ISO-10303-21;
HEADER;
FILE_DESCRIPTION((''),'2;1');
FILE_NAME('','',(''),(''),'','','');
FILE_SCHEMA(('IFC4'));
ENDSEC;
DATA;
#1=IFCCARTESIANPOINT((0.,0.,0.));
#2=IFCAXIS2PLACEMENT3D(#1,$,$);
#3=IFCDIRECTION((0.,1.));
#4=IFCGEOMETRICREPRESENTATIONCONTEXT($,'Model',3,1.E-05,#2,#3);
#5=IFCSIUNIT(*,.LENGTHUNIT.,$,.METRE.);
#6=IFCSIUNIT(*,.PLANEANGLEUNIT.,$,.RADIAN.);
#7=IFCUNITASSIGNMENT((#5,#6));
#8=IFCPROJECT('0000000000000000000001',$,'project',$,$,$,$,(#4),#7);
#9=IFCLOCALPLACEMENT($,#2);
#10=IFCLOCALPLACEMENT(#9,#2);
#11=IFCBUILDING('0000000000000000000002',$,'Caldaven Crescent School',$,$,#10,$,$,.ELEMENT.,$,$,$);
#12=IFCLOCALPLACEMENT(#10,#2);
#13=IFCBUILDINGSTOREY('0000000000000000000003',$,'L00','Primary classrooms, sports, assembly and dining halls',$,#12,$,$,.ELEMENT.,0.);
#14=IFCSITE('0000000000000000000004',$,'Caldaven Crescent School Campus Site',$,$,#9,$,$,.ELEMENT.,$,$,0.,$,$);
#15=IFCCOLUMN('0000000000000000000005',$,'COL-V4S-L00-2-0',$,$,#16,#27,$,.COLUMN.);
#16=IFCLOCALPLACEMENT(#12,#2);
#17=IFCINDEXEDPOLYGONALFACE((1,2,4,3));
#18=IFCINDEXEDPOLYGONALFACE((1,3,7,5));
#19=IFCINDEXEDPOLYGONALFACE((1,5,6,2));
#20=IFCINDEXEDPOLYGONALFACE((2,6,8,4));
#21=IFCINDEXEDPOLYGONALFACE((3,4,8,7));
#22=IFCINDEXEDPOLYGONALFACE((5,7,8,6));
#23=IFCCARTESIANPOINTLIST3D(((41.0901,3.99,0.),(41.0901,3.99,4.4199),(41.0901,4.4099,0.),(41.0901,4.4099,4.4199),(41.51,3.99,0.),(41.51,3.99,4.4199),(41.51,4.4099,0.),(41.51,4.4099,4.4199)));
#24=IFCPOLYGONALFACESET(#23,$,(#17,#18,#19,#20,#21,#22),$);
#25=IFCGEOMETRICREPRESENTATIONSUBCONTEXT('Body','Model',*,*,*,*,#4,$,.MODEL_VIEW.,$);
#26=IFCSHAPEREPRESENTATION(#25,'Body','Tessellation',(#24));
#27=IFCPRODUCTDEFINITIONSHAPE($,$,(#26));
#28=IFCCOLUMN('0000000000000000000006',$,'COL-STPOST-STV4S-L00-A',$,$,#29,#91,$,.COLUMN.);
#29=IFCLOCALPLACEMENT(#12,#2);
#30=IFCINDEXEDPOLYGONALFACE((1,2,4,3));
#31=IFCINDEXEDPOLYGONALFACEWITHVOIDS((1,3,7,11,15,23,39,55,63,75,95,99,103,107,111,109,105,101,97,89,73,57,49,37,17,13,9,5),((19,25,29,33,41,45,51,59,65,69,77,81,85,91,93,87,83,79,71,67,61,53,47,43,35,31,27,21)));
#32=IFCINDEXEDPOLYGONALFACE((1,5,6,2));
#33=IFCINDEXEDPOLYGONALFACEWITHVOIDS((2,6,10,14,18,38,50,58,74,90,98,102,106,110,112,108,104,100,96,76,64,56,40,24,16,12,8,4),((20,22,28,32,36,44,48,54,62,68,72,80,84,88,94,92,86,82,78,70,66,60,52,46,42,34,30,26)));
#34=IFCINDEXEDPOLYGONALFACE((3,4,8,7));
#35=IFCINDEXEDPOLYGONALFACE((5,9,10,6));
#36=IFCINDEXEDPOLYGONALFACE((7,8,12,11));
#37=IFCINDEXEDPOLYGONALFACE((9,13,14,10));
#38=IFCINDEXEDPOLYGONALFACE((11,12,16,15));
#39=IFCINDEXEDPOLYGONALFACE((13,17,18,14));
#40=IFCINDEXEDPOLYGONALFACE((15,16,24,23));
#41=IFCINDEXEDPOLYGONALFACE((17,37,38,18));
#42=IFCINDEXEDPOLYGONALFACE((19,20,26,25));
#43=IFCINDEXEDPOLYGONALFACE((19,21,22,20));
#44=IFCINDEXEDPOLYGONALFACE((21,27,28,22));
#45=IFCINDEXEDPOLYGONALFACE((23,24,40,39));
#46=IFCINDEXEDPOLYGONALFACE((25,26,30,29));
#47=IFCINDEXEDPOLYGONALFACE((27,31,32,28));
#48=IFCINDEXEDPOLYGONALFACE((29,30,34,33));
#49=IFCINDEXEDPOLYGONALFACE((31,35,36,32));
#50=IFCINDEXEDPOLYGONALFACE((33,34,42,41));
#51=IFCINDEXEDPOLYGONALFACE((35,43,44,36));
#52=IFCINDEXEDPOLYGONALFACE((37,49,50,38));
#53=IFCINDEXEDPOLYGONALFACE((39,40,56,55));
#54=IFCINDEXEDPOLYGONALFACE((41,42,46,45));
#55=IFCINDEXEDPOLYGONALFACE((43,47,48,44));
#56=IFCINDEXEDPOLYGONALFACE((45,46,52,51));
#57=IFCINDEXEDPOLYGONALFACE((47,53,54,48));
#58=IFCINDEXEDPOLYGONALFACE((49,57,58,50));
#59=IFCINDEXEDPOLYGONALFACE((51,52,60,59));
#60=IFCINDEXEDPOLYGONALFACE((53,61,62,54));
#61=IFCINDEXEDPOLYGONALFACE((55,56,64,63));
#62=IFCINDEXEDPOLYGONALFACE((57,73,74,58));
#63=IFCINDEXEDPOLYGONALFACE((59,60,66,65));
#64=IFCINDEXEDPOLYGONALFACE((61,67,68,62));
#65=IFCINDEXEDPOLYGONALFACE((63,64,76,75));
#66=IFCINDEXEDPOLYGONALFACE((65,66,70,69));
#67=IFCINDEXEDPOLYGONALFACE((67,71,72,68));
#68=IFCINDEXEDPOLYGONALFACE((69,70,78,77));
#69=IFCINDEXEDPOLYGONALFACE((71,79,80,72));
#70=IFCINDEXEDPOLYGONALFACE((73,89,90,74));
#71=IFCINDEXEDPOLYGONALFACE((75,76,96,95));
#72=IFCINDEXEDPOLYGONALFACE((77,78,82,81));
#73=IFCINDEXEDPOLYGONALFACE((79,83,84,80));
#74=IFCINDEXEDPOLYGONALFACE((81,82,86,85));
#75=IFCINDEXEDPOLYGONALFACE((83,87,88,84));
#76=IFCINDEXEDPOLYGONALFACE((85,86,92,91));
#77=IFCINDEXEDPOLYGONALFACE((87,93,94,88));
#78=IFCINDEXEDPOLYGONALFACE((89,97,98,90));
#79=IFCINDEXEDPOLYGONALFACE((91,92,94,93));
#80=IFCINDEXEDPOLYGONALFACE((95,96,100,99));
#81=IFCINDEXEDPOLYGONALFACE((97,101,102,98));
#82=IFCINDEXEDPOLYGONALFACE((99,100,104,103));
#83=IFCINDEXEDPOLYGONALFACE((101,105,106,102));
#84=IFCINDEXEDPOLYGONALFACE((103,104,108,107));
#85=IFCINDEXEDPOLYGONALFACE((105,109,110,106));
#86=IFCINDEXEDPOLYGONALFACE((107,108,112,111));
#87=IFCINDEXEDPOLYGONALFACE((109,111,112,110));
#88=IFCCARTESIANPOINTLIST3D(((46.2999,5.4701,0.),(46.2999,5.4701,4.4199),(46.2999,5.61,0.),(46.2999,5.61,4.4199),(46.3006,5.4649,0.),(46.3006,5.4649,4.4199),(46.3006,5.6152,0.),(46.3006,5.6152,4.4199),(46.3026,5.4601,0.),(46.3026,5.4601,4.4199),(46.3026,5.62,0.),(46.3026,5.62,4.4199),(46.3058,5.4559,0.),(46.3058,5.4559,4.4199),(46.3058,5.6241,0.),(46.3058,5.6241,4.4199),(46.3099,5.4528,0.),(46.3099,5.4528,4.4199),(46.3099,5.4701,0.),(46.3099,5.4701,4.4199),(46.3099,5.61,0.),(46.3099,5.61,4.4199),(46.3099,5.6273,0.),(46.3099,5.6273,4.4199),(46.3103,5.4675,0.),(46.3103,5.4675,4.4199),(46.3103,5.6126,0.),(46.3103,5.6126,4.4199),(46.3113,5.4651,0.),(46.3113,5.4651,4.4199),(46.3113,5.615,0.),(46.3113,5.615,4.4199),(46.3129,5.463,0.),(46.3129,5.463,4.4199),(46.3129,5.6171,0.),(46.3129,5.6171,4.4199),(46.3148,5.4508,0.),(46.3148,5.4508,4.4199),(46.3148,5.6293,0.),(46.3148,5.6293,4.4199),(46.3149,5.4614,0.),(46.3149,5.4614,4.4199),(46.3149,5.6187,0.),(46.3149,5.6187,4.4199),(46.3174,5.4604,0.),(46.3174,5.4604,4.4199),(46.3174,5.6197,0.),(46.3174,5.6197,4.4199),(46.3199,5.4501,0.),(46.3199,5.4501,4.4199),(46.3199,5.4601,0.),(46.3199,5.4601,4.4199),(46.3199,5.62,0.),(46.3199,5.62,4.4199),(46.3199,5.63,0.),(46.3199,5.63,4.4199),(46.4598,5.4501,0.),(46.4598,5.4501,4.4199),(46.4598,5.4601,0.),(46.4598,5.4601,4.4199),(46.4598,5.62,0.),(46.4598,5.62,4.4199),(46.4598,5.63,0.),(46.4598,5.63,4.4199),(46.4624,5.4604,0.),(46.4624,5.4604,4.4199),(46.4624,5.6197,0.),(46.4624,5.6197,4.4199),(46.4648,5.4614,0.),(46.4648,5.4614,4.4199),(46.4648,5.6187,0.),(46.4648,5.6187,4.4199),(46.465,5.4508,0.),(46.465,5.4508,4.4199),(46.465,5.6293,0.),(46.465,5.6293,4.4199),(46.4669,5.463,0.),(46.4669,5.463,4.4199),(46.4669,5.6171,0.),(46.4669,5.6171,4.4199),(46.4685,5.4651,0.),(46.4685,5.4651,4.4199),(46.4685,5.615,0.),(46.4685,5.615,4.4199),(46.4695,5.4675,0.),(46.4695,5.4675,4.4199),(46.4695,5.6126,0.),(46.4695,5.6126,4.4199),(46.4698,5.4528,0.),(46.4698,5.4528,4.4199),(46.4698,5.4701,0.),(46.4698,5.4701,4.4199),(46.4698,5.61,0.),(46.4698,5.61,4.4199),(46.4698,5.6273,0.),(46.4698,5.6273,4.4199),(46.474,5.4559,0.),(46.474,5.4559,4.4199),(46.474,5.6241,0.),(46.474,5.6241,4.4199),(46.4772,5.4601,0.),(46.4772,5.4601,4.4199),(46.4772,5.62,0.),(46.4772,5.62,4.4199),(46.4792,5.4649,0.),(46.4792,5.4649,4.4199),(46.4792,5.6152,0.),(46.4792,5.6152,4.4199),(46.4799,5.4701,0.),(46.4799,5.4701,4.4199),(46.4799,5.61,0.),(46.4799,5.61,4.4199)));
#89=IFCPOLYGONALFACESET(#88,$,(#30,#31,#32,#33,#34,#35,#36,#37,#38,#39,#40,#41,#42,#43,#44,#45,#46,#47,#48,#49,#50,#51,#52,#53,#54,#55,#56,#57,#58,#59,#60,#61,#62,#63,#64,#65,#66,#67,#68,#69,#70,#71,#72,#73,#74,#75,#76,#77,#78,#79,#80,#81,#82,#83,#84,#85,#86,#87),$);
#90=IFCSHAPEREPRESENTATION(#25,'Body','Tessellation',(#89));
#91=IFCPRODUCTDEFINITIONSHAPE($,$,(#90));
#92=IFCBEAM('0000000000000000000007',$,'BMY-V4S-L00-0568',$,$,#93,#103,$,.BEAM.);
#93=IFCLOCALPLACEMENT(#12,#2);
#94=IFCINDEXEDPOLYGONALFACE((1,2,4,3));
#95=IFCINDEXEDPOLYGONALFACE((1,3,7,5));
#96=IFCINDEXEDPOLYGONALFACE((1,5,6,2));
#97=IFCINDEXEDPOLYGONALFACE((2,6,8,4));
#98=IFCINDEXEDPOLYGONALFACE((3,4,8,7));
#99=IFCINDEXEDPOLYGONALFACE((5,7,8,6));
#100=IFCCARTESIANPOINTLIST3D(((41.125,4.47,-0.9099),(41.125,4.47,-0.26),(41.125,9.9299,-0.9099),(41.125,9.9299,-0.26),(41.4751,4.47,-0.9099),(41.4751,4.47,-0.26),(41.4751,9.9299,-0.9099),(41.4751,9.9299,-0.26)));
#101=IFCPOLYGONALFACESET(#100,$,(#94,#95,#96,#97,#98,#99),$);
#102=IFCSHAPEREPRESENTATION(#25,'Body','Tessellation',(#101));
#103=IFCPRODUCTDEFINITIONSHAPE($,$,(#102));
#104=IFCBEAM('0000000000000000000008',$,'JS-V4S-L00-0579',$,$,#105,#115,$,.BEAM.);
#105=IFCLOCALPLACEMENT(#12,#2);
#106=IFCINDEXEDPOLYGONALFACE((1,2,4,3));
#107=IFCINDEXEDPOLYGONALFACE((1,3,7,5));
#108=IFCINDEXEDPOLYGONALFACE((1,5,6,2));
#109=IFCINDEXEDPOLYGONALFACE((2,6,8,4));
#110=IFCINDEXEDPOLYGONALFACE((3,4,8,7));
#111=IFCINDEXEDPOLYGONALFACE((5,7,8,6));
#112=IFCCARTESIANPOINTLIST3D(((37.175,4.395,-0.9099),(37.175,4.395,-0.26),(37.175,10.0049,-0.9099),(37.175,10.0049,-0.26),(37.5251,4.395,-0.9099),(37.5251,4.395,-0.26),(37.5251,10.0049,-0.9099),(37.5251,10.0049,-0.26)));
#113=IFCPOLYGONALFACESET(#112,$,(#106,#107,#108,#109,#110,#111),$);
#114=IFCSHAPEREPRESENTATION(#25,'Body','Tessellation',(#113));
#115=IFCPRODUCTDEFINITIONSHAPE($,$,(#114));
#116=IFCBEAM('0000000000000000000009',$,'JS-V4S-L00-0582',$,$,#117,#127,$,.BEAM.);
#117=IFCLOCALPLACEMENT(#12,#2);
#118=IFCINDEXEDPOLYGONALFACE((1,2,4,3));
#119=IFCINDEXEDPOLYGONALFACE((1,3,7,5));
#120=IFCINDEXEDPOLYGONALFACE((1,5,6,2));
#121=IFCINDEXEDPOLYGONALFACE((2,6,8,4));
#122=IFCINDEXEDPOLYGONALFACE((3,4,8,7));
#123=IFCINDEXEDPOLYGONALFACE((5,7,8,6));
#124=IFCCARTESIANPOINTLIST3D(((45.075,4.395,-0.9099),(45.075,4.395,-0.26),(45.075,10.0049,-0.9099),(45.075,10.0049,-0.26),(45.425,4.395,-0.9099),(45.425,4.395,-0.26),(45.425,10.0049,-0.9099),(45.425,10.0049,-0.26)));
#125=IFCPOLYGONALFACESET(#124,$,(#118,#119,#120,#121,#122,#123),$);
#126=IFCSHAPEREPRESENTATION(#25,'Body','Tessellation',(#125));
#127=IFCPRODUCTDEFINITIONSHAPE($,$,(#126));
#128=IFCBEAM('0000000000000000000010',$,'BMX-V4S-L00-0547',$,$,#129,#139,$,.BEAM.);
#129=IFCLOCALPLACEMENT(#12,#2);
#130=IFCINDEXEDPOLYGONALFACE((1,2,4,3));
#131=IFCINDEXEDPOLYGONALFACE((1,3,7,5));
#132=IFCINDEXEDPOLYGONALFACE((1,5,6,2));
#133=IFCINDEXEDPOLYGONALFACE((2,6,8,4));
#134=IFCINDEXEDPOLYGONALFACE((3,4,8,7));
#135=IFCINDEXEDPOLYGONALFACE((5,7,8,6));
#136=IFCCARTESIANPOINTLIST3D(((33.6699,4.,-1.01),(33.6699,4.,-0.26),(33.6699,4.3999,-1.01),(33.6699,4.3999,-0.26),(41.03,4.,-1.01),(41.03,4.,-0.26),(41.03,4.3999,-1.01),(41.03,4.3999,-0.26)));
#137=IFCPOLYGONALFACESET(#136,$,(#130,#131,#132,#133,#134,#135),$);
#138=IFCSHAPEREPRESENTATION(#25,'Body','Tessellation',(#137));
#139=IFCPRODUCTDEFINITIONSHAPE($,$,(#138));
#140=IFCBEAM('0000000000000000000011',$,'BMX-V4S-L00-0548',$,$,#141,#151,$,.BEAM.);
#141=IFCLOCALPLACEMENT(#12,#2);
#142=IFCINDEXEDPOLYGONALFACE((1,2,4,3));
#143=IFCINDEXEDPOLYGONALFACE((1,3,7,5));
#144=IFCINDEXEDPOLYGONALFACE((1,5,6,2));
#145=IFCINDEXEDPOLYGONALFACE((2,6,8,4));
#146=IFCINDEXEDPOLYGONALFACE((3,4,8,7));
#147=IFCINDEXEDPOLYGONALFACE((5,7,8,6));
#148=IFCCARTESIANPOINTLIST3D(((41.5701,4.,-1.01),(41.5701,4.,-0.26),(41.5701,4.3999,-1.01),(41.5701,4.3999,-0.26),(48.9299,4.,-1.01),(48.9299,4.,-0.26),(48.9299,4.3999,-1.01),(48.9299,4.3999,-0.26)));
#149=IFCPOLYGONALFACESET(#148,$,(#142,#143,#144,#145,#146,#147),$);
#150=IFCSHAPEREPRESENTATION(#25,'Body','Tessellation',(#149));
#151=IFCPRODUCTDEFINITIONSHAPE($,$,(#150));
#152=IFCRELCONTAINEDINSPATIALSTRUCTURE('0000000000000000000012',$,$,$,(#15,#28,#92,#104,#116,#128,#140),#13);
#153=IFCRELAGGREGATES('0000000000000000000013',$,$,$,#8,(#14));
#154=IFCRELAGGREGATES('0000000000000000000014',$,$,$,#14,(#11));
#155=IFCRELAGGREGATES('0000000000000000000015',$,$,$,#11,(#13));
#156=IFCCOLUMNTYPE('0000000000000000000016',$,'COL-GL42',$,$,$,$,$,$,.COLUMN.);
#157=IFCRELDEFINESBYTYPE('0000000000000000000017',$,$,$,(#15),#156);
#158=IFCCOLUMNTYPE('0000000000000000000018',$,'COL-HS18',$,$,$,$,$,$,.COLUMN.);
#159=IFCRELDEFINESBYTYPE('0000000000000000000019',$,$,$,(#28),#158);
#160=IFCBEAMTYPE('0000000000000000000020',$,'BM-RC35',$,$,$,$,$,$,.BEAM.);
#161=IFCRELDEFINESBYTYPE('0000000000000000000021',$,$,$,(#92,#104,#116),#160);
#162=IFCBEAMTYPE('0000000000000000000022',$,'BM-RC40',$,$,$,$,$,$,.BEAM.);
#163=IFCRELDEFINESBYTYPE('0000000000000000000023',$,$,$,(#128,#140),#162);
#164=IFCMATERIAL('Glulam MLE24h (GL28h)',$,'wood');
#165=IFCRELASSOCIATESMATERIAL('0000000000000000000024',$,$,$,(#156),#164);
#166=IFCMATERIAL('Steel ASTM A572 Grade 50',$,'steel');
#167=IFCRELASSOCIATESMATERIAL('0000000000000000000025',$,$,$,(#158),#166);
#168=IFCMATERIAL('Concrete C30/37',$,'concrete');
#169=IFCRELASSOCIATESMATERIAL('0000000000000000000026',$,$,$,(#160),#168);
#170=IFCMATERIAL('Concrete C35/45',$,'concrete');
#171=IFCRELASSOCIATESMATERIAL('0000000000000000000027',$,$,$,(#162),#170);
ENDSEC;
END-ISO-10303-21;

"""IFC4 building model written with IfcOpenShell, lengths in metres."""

from ifc_helpers import new_model, si_unit, direction, frame, origin, origin_2d, place, context, subcontext, project, spatial, rectangle, hollow_rectangle, extrude, material, material_profile, profile_set, type_object, element, save


model = new_model("IFC4")

# Units and contexts
model_context = context("Model", 3, precision=1e-05, world=origin(), true_north=direction((0.0, 1.0)))
body_context = subcontext(model_context, "Body", "Model", "MODEL_VIEW")
ifc_project = project(units=[si_unit("LENGTHUNIT", "METRE"), si_unit("PLANEANGLEUNIT", "RADIAN")], contexts=[model_context])

# Site, building, storey
site_placement = place(None, origin())
site = spatial("IfcSite", under=ifc_project, at=site_placement, Name="Caldaven Crescent School Campus Site", CompositionType="ELEMENT", RefElevation=0.0)
building_placement = place(site_placement, origin())
building = spatial("IfcBuilding", under=site, at=building_placement, Name="Caldaven Crescent School", CompositionType="ELEMENT")
storey_placement = place(building_placement, origin())
storey = spatial("IfcBuildingStorey", under=building, at=storey_placement, Name="L00", Description="Primary classrooms, sports, assembly and dining halls", CompositionType="ELEMENT", Elevation=0.0)

# Columns
ifc_material_1 = material(Name="Glulam MLE24h (GL28h)", Category="wood")
ifc_material_profile_1 = material_profile(ifc_material_1, rectangle(XDim=0.4199, YDim=0.4199, at=origin_2d()), Name="MLE 420x420")
ifc_profile_set_1 = profile_set([ifc_material_profile_1], Name="Glulam MLE24h (GL28h)")
column_type_1 = type_object("IfcColumnType", Name="COL-GL42", PredefinedType="COLUMN", material=ifc_profile_set_1)
column_1_placement = place(storey_placement, frame((41.3, 4.2, 0.0), z_axis=(0.0, 0.0, 1.0), x_axis=(1.0, 0.0, 0.0)))
element("IfcColumn", 1, at=column_1_placement, inside=storey, type_object=column_type_1, Name="COL-V4S-L00-2-0", PredefinedType="COLUMN", context=body_context, shape_type="SweptSolid", body=[
    extrude(rectangle(XDim=0.4199, YDim=0.4199, at=origin_2d()), origin(), (0.0, 0.0, 1.0), 4.4199),
])
ifc_material_2 = material(Name="Steel ASTM A572 Grade 50", Category="steel")
ifc_material_profile_2 = material_profile(ifc_material_2, hollow_rectangle(XDim=0.1799, YDim=0.1799, WallThickness=0.01, InnerFilletRadius=0.01, OuterFilletRadius=0.02, at=origin_2d()), Name="HSS 180x180x10")
ifc_profile_set_2 = profile_set([ifc_material_profile_2], Name="Steel ASTM A572 Grade 50")
column_type_2 = type_object("IfcColumnType", Name="COL-HS18", PredefinedType="COLUMN", material=ifc_profile_set_2)
column_2_placement = place(storey_placement, frame((46.3899, 5.54, 0.0), z_axis=(0.0, 0.0, 1.0), x_axis=(1.0, 0.0, 0.0)))
element("IfcColumn", 2, at=column_2_placement, inside=storey, type_object=column_type_2, Name="COL-STPOST-STV4S-L00-A", PredefinedType="COLUMN", context=body_context, shape_type="SweptSolid", body=[
    extrude(hollow_rectangle(XDim=0.1799, YDim=0.1799, WallThickness=0.01, InnerFilletRadius=0.01, OuterFilletRadius=0.02, at=origin_2d()), origin(), (0.0, 0.0, 1.0), 4.4199),
])

# Beams
ifc_material_3 = material(Name="Concrete C30/37", Category="concrete")
ifc_material_profile_3 = material_profile(ifc_material_3, rectangle(XDim=0.3501, YDim=0.6499, at=origin_2d()), Name="RC 350x650")
ifc_profile_set_3 = profile_set([ifc_material_profile_3], Name="Concrete C30/37")
beam_type_1 = type_object("IfcBeamType", Name="BM-RC35", PredefinedType="BEAM", material=ifc_profile_set_3)
beam_1_placement = place(storey_placement, frame((41.3, 4.47, -0.585), z_axis=(0.0, 1.0, 0.0), x_axis=(-1.0, 0.0, 0.0)))
element("IfcBeam", 3, at=beam_1_placement, inside=storey, type_object=beam_type_1, Name="BMY-V4S-L00-0568", PredefinedType="BEAM", context=body_context, shape_type="SweptSolid", body=[
    extrude(rectangle(XDim=0.3501, YDim=0.6499, at=origin_2d()), origin(), (0.0, 0.0, 1.0), 5.46),
])
for number, where, z_axis, x_axis, name in (
    (4, (37.3501, 4.395, -0.585), (0.0, 1.0, 0.0), (-1.0, 0.0, 0.0), "JS-V4S-L00-0579"),
    (5, (45.25, 4.395, -0.585), (0.0, 1.0, 0.0), (-1.0, 0.0, 0.0), "JS-V4S-L00-0582"),
):
    element("IfcBeam", number, at=place(storey_placement, frame(where, z_axis=z_axis, x_axis=x_axis)), inside=storey, type_object=beam_type_1, Name=name, PredefinedType="BEAM", context=body_context, shape_type="SweptSolid", body=[
        extrude(rectangle(XDim=0.3501, YDim=0.6499, at=origin_2d()), origin(), (0.0, 0.0, 1.0), 5.6099),
    ])
ifc_material_4 = material(Name="Concrete C35/45", Category="concrete")
ifc_material_profile_4 = material_profile(ifc_material_4, rectangle(XDim=0.3999, YDim=0.75, at=origin_2d()), Name="RC 400x750")
ifc_profile_set_4 = profile_set([ifc_material_profile_4], Name="Concrete C35/45")
beam_type_2 = type_object("IfcBeamType", Name="BM-RC40", PredefinedType="BEAM", material=ifc_profile_set_4)
beam_2_placement = place(storey_placement, frame((33.6699, 4.2, -0.635), z_axis=(1.0, 0.0, 0.0), x_axis=(0.0, 1.0, 0.0)))
element("IfcBeam", 6, at=beam_2_placement, inside=storey, type_object=beam_type_2, Name="BMX-V4S-L00-0547", PredefinedType="BEAM", context=body_context, shape_type="SweptSolid", body=[
    extrude(rectangle(XDim=0.3999, YDim=0.75, at=origin_2d()), origin(), (0.0, 0.0, 1.0), 7.3601),
])
beam_3_placement = place(storey_placement, frame((41.5701, 4.2, -0.635), z_axis=(1.0, 0.0, 0.0), x_axis=(0.0, 1.0, 0.0)))
element("IfcBeam", 7, at=beam_3_placement, inside=storey, type_object=beam_type_2, Name="BMX-V4S-L00-0548", PredefinedType="BEAM", context=body_context, shape_type="SweptSolid", body=[
    extrude(rectangle(XDim=0.3999, YDim=0.75, at=origin_2d()), origin(), (0.0, 0.0, 1.0), 7.3599),
])

save(model, "model.ifc")
